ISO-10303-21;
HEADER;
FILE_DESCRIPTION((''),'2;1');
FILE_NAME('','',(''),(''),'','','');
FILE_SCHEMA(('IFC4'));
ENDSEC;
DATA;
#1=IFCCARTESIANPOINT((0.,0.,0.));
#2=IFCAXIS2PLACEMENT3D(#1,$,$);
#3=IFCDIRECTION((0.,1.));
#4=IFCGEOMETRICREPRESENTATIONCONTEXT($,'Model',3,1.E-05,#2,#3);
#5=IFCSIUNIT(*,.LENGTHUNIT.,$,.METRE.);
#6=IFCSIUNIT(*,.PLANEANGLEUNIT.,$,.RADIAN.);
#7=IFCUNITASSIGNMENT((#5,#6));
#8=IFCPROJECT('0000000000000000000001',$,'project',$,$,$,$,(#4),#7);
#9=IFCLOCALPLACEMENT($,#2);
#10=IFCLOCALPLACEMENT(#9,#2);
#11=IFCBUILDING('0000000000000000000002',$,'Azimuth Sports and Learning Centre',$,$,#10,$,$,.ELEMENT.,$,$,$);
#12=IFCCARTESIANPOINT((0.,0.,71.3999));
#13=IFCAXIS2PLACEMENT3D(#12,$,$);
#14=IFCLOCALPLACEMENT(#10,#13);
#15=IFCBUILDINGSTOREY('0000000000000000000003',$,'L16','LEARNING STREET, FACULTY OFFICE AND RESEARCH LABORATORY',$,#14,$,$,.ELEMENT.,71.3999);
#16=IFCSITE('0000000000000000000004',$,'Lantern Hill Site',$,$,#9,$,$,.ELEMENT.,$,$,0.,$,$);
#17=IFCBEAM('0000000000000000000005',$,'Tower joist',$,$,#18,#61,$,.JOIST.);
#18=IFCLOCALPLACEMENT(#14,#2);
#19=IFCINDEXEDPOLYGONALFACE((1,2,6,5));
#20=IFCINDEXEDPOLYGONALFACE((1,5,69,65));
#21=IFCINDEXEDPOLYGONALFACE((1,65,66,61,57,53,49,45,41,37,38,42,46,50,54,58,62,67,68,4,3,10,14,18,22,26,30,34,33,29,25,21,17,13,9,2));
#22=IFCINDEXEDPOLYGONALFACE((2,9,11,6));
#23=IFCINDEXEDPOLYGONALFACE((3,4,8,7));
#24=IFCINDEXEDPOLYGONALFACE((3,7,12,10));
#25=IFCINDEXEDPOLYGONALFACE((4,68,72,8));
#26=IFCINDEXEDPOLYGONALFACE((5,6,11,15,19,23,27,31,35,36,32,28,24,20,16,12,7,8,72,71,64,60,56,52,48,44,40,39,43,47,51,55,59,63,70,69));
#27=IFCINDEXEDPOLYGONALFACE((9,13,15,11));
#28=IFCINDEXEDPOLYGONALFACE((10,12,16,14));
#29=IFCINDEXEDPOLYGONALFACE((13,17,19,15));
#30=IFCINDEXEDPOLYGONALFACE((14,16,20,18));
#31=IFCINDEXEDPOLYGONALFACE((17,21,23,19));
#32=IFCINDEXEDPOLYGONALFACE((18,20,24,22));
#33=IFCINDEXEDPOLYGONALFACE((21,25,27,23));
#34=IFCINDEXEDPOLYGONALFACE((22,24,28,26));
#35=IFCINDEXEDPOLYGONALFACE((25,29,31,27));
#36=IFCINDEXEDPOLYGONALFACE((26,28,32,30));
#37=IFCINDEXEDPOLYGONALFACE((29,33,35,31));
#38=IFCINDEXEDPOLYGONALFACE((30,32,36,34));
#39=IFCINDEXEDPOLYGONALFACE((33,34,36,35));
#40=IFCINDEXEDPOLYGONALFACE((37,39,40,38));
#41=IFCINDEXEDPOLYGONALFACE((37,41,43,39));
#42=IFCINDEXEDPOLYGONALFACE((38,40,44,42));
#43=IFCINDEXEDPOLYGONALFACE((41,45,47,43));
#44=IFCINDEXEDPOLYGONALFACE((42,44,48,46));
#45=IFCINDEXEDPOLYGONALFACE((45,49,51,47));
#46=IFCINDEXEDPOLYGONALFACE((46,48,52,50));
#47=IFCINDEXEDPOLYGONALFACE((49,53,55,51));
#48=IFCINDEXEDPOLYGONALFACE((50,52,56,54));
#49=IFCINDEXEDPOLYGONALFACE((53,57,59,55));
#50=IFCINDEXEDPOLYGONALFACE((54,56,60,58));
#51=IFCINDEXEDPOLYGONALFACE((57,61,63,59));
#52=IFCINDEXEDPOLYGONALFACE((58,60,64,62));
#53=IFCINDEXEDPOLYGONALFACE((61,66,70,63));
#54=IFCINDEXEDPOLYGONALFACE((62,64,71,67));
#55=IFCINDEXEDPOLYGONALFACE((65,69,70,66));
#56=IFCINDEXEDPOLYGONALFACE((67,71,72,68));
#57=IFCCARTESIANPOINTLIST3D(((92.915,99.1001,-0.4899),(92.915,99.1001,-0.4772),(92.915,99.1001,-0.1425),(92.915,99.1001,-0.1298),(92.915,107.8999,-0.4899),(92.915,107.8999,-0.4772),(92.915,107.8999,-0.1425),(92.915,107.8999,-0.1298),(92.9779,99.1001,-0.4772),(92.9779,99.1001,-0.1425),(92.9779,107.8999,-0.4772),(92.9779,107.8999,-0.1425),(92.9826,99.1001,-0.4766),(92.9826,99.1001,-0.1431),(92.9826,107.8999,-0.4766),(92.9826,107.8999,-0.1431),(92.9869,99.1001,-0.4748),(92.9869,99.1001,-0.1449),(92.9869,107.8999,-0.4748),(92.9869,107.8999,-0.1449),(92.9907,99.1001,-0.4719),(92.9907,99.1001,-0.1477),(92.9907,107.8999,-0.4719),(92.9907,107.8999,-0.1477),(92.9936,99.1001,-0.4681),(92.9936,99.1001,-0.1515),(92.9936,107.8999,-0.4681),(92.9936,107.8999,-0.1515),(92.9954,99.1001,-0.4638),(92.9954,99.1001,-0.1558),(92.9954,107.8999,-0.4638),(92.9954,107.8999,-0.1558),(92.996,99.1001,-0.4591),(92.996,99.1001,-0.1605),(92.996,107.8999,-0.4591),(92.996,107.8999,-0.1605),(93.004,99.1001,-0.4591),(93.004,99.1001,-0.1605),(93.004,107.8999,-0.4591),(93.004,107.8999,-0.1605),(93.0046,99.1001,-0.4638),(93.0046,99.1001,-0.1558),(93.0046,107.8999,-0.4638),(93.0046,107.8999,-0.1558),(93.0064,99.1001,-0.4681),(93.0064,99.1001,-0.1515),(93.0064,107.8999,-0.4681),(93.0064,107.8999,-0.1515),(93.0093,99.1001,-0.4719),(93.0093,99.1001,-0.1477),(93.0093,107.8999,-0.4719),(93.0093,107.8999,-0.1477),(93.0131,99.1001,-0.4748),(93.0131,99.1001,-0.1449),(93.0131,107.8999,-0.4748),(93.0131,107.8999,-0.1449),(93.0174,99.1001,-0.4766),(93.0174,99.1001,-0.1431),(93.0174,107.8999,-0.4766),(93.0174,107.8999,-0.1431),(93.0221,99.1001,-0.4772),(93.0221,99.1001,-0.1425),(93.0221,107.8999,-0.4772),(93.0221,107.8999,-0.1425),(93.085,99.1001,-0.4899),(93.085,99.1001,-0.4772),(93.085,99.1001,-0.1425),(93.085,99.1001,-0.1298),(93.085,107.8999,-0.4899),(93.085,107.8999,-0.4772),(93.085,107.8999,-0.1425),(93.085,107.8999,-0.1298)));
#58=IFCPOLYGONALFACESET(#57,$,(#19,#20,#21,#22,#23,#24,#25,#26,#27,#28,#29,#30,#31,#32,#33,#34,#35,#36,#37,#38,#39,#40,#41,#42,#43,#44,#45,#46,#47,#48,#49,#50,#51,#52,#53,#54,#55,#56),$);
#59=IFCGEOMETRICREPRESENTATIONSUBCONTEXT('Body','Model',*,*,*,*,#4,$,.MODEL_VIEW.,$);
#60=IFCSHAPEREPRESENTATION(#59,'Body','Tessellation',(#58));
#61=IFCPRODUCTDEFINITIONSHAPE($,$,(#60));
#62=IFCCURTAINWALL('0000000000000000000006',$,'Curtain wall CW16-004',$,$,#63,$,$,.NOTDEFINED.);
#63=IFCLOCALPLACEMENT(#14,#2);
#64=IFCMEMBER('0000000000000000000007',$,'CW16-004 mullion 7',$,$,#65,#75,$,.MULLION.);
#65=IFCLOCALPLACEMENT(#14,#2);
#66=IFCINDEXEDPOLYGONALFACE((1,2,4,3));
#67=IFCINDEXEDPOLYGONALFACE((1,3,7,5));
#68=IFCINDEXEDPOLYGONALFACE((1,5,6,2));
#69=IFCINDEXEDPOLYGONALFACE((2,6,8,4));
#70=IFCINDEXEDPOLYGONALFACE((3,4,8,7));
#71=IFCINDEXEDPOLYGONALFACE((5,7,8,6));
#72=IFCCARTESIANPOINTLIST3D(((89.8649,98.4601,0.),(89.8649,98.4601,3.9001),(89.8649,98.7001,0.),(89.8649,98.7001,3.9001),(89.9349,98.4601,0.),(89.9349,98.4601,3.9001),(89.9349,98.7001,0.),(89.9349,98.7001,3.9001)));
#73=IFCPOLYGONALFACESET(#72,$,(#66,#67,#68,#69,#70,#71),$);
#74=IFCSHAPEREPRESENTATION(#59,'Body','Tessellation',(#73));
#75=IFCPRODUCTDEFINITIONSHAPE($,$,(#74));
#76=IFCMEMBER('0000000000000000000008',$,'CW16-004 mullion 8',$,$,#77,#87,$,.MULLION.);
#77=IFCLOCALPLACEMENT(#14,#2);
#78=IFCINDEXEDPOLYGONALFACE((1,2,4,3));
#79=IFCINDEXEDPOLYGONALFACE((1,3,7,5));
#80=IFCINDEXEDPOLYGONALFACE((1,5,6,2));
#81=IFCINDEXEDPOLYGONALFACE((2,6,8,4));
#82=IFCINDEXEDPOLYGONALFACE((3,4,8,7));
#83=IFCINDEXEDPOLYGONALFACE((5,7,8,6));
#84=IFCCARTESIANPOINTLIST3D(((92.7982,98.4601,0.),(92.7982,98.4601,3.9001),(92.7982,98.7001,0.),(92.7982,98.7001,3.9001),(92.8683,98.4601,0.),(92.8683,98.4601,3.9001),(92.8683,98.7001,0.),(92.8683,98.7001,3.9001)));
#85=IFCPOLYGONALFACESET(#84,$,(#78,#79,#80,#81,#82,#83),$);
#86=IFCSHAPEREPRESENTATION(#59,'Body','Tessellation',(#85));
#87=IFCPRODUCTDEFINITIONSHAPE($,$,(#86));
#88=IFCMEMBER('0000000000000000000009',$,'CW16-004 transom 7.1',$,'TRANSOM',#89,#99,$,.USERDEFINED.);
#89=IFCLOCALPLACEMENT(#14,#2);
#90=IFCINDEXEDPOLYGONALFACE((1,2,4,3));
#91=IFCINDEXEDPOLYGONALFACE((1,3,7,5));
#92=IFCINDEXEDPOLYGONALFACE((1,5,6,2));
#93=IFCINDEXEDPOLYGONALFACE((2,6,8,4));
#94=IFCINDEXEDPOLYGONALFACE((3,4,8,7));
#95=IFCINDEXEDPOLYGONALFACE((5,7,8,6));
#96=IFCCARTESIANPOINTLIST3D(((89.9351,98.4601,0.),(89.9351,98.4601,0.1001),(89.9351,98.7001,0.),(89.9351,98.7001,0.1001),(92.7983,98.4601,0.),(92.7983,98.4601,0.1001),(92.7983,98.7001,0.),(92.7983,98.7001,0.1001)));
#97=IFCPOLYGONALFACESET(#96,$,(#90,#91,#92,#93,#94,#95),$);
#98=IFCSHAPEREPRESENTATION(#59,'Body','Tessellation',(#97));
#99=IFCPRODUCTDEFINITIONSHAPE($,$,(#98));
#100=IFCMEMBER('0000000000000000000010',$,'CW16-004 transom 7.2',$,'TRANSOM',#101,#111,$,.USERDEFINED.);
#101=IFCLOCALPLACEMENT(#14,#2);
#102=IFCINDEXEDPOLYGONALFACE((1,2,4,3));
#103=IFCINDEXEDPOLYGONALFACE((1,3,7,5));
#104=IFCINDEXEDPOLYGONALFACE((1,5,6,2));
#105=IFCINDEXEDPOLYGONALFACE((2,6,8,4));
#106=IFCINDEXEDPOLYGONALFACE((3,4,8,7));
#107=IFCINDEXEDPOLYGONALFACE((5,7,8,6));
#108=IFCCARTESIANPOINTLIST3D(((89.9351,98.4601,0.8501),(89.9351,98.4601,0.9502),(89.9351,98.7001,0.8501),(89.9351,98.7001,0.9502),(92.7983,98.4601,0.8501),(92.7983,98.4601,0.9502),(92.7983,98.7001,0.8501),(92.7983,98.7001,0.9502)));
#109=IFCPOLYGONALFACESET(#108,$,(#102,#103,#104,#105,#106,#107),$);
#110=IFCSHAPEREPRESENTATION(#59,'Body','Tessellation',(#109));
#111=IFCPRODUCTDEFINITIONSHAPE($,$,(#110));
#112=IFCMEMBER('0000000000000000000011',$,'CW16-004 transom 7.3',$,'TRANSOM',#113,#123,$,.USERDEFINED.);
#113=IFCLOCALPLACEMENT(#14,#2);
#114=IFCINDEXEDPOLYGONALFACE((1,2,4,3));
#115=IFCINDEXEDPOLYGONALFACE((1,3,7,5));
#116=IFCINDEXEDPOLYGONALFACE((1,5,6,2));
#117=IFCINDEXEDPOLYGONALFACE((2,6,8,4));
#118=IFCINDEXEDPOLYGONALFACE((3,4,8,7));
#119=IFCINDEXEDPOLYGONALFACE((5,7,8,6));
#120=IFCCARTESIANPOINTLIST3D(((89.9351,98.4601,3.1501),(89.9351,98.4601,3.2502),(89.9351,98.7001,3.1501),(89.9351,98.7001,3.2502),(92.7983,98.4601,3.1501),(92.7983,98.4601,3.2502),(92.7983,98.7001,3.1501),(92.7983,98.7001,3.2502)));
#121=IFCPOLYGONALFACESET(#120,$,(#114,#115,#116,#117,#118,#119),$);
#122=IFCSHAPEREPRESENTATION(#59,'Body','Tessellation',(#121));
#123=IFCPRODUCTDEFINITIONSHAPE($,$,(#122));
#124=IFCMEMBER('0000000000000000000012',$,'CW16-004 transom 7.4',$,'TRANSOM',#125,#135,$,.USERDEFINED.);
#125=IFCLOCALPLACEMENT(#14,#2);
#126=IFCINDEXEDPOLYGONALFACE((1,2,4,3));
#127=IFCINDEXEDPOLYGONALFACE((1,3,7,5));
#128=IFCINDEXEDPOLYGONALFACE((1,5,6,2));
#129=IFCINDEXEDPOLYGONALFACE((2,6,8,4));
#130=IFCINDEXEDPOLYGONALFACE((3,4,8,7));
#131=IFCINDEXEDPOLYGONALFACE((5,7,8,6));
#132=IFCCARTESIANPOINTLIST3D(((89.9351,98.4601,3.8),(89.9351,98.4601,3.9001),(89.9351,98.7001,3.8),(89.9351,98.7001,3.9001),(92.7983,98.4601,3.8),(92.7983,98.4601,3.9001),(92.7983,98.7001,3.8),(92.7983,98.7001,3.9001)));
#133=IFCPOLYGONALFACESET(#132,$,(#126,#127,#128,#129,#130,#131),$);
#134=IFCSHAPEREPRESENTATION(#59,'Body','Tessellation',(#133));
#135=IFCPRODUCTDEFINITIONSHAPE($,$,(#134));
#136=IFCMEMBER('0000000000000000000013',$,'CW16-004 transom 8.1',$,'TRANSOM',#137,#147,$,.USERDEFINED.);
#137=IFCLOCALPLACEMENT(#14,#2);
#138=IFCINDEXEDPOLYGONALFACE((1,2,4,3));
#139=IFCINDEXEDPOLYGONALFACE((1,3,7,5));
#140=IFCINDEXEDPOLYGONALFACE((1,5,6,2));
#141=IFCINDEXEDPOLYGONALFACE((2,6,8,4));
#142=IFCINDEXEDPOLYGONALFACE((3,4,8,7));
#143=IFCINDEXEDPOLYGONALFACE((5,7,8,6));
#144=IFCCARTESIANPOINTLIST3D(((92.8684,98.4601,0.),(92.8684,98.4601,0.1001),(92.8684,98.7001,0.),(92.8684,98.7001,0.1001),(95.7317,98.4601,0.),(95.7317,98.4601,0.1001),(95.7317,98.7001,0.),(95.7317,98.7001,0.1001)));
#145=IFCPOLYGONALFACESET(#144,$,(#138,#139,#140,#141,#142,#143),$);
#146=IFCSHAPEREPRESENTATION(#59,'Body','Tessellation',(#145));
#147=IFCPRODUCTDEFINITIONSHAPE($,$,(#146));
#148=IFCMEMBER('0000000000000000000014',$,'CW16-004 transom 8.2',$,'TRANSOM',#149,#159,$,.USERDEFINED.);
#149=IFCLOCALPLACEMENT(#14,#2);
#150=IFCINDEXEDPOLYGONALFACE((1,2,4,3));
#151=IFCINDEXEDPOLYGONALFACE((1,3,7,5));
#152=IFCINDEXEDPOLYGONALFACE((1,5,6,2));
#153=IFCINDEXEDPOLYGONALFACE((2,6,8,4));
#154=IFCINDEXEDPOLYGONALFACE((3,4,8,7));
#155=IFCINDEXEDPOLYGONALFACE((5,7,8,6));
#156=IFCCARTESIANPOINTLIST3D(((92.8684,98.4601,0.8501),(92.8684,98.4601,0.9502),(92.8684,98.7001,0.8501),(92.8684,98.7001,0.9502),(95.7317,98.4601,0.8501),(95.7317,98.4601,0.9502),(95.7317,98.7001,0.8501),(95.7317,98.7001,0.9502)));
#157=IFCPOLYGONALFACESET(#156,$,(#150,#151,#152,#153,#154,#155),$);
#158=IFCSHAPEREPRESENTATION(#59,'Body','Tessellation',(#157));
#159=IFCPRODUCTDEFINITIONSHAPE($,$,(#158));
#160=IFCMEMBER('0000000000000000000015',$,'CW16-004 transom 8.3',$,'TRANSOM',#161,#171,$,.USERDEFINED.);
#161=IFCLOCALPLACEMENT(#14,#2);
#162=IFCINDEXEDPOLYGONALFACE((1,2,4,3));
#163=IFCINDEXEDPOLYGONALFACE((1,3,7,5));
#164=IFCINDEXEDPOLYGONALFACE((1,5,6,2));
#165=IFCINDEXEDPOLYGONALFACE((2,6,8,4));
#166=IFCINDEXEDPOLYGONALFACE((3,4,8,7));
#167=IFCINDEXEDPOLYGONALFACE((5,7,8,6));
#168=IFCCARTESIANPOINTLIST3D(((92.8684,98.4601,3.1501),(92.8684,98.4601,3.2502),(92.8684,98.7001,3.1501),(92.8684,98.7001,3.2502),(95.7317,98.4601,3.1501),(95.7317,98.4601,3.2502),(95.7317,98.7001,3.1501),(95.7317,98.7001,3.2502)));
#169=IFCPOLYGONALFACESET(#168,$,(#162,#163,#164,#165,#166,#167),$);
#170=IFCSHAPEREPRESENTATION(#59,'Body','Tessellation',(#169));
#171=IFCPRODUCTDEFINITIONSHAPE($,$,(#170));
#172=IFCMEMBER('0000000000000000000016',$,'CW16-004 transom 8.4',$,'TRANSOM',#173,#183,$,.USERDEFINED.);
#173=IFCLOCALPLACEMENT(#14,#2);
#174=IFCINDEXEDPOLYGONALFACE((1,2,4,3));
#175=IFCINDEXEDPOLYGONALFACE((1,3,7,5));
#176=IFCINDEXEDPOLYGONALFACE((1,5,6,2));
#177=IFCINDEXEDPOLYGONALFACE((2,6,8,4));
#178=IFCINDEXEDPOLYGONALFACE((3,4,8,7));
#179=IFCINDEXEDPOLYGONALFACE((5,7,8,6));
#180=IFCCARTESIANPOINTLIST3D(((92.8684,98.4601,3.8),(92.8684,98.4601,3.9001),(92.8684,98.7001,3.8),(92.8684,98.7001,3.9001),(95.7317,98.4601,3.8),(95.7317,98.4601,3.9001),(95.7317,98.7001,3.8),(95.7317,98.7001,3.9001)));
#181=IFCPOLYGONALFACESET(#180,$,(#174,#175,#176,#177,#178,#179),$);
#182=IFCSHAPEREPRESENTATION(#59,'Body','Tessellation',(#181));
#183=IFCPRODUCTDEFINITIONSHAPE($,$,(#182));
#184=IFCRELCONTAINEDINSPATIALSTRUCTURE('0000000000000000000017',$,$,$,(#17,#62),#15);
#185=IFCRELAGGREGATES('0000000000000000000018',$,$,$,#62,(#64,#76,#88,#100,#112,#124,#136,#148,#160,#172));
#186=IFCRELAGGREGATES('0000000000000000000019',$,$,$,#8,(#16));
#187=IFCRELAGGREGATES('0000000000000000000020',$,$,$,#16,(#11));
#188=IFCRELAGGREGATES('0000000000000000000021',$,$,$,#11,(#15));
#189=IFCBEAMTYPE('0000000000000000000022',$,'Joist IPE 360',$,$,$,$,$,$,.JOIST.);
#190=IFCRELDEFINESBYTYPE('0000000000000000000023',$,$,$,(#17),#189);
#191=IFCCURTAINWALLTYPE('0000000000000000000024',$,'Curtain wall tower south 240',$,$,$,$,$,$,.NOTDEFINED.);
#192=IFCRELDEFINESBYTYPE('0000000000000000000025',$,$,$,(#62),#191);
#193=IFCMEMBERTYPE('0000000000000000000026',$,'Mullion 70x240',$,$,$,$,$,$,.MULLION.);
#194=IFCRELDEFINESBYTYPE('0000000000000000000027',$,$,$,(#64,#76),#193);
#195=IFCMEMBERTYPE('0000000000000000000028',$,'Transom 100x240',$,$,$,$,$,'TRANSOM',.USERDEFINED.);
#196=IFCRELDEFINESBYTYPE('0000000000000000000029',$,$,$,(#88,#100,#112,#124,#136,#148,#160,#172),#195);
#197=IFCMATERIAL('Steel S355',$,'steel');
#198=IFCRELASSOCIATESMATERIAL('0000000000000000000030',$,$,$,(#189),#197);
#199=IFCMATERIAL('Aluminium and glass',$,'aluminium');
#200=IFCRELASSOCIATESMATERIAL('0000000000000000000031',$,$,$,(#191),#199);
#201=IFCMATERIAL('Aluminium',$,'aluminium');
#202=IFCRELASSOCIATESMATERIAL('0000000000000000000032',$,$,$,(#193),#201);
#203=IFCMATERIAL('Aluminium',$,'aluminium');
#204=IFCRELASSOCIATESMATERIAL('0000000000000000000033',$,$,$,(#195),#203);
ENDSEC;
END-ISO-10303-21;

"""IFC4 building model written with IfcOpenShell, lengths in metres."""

from ifc_helpers import new_model, si_unit, direction, frame, origin, origin_2d, place, context, subcontext, project, spatial, rectangle, i_section, extrude, material, material_profile, profile_set, type_object, element, aggregate, save


model = new_model("IFC4")

# Units and contexts
model_context = context("Model", 3, precision=1e-05, world=origin(), true_north=direction((0.0, 1.0)))
body_context = subcontext(model_context, "Body", "Model", "MODEL_VIEW")
ifc_project = project(units=[si_unit("LENGTHUNIT", "METRE"), si_unit("PLANEANGLEUNIT", "RADIAN")], contexts=[model_context])

# Site, building, storey
site_placement = place(None, origin())
site = spatial("IfcSite", under=ifc_project, at=site_placement, Name="Lantern Hill Site", CompositionType="ELEMENT", RefElevation=0.0)
building_placement = place(site_placement, origin())
building = spatial("IfcBuilding", under=site, at=building_placement, Name="Azimuth Sports and Learning Centre", CompositionType="ELEMENT")
storey_placement = place(building_placement, frame((0.0, 0.0, 71.3999)))
storey = spatial("IfcBuildingStorey", under=building, at=storey_placement, Name="L16", Description="LEARNING STREET, FACULTY OFFICE AND RESEARCH LABORATORY", CompositionType="ELEMENT", Elevation=71.3999)

# Beam
ifc_material_1 = material(Name="Steel S355", Category="steel")
ifc_material_profile_1 = material_profile(ifc_material_1, i_section(OverallWidth=0.1699, OverallDepth=0.3601, WebThickness=0.0081, FlangeThickness=0.0127, FilletRadius=0.0181, at=origin_2d()), Name="IPE 360")
ifc_profile_set_1 = profile_set([ifc_material_profile_1], Name="Steel S355")
beam_type_1 = type_object("IfcBeamType", Name="Joist IPE 360", PredefinedType="JOIST", material=ifc_profile_set_1)
beam_1_placement = place(storey_placement, frame((93.0, 99.1001, -0.3098), z_axis=(0.0, 1.0, 0.0), x_axis=(-1.0, 0.0, 0.0)))
element("IfcBeam", 1, at=beam_1_placement, inside=storey, type_object=beam_type_1, Name="Tower joist", PredefinedType="JOIST", context=body_context, shape_type="SweptSolid", body=[
    extrude(i_section(OverallWidth=0.1699, OverallDepth=0.3601, WebThickness=0.0081, FlangeThickness=0.0127, FilletRadius=0.0181, at=origin_2d()), origin(), (0.0, 0.0, 1.0), 8.7998),
])

# Curtain wall, members
ifc_material_2 = material(Name="Aluminium and glass", Category="aluminium")
curtain_wall_type = type_object("IfcCurtainWallType", Name="Curtain wall tower south 240", PredefinedType="NOTDEFINED", material=ifc_material_2)
curtain_wall_placement = place(storey_placement, origin())
curtain_wall = element("IfcCurtainWall", 2, at=curtain_wall_placement, inside=storey, type_object=curtain_wall_type, Name="Curtain wall CW16-004", PredefinedType="NOTDEFINED")
ifc_material_3 = material(Name="Aluminium", Category="aluminium")
ifc_material_profile_2 = material_profile(ifc_material_3, rectangle(XDim=0.24, YDim=0.0701, at=origin_2d()), Name="Mullion 70x240")
ifc_profile_set_2 = profile_set([ifc_material_profile_2], Name="Aluminium")
member_type_1 = type_object("IfcMemberType", Name="Mullion 70x240", PredefinedType="MULLION", material=ifc_profile_set_2)
member_1_placement = place(storey_placement, frame((89.8999, 98.5801, 0.0), z_axis=(0.0, 0.0, 1.0), x_axis=(0.0, 1.0, 0.0)))
member_1 = element("IfcMember", 3, at=member_1_placement, type_object=member_type_1, Name="CW16-004 mullion 7", PredefinedType="MULLION", context=body_context, shape_type="SweptSolid", body=[
    extrude(rectangle(XDim=0.24, YDim=0.0701, at=origin_2d()), origin(), (0.0, 0.0, 1.0), 3.9001),
])
member_2_placement = place(storey_placement, frame((92.8333, 98.5801, 0.0), z_axis=(0.0, 0.0, 1.0), x_axis=(0.0, 1.0, 0.0)))
member_2 = element("IfcMember", 4, at=member_2_placement, type_object=member_type_1, Name="CW16-004 mullion 8", PredefinedType="MULLION", context=body_context, shape_type="SweptSolid", body=[
    extrude(rectangle(XDim=0.24, YDim=0.0701, at=origin_2d()), origin(), (0.0, 0.0, 1.0), 3.9001),
])
ifc_material_4 = material(Name="Aluminium", Category="aluminium")
ifc_material_profile_3 = material_profile(ifc_material_4, rectangle(XDim=0.24, YDim=0.1001, at=origin_2d()), Name="Transom 100x240")
ifc_profile_set_3 = profile_set([ifc_material_profile_3], Name="Aluminium")
member_type_2 = type_object("IfcMemberType", Name="Transom 100x240", ElementType="TRANSOM", PredefinedType="USERDEFINED", material=ifc_profile_set_3)
member_3_placement = place(storey_placement, frame((89.9351, 98.5801, 0.05), z_axis=(1.0, 0.0, 0.0), x_axis=(0.0, 1.0, 0.0)))
member_3 = element("IfcMember", 5, at=member_3_placement, type_object=member_type_2, Name="CW16-004 transom 7.1", ObjectType="TRANSOM", PredefinedType="USERDEFINED", context=body_context, shape_type="SweptSolid", body=[
    extrude(rectangle(XDim=0.24, YDim=0.1001, at=origin_2d()), origin(), (0.0, 0.0, 1.0), 2.8633),
])
member_4_placement = place(storey_placement, frame((89.9351, 98.5801, 0.9001), z_axis=(1.0, 0.0, 0.0), x_axis=(0.0, 1.0, 0.0)))
member_4 = element("IfcMember", 6, at=member_4_placement, type_object=member_type_2, Name="CW16-004 transom 7.2", ObjectType="TRANSOM", PredefinedType="USERDEFINED", context=body_context, shape_type="SweptSolid", body=[
    extrude(rectangle(XDim=0.24, YDim=0.1001, at=origin_2d()), origin(), (0.0, 0.0, 1.0), 2.8633),
])
member_5_placement = place(storey_placement, frame((89.9351, 98.5801, 3.2002), z_axis=(1.0, 0.0, 0.0), x_axis=(0.0, 1.0, 0.0)))
member_5 = element("IfcMember", 7, at=member_5_placement, type_object=member_type_2, Name="CW16-004 transom 7.3", ObjectType="TRANSOM", PredefinedType="USERDEFINED", context=body_context, shape_type="SweptSolid", body=[
    extrude(rectangle(XDim=0.24, YDim=0.1001, at=origin_2d()), origin(), (0.0, 0.0, 1.0), 2.8633),
])
member_6_placement = place(storey_placement, frame((89.9351, 98.5801, 3.8501), z_axis=(1.0, 0.0, 0.0), x_axis=(0.0, 1.0, 0.0)))
member_6 = element("IfcMember", 8, at=member_6_placement, type_object=member_type_2, Name="CW16-004 transom 7.4", ObjectType="TRANSOM", PredefinedType="USERDEFINED", context=body_context, shape_type="SweptSolid", body=[
    extrude(rectangle(XDim=0.24, YDim=0.1001, at=origin_2d()), origin(), (0.0, 0.0, 1.0), 2.8633),
])
member_7_placement = place(storey_placement, frame((92.8684, 98.5801, 0.05), z_axis=(1.0, 0.0, 0.0), x_axis=(0.0, 1.0, 0.0)))
member_7 = element("IfcMember", 9, at=member_7_placement, type_object=member_type_2, Name="CW16-004 transom 8.1", ObjectType="TRANSOM", PredefinedType="USERDEFINED", context=body_context, shape_type="SweptSolid", body=[
    extrude(rectangle(XDim=0.24, YDim=0.1001, at=origin_2d()), origin(), (0.0, 0.0, 1.0), 2.8633),
])
member_8_placement = place(storey_placement, frame((92.8684, 98.5801, 0.9001), z_axis=(1.0, 0.0, 0.0), x_axis=(0.0, 1.0, 0.0)))
member_8 = element("IfcMember", 10, at=member_8_placement, type_object=member_type_2, Name="CW16-004 transom 8.2", ObjectType="TRANSOM", PredefinedType="USERDEFINED", context=body_context, shape_type="SweptSolid", body=[
    extrude(rectangle(XDim=0.24, YDim=0.1001, at=origin_2d()), origin(), (0.0, 0.0, 1.0), 2.8633),
])
member_9_placement = place(storey_placement, frame((92.8684, 98.5801, 3.2002), z_axis=(1.0, 0.0, 0.0), x_axis=(0.0, 1.0, 0.0)))
member_9 = element("IfcMember", 11, at=member_9_placement, type_object=member_type_2, Name="CW16-004 transom 8.3", ObjectType="TRANSOM", PredefinedType="USERDEFINED", context=body_context, shape_type="SweptSolid", body=[
    extrude(rectangle(XDim=0.24, YDim=0.1001, at=origin_2d()), origin(), (0.0, 0.0, 1.0), 2.8633),
])
member_10_placement = place(storey_placement, frame((92.8684, 98.5801, 3.8501), z_axis=(1.0, 0.0, 0.0), x_axis=(0.0, 1.0, 0.0)))
member_10 = element("IfcMember", 12, at=member_10_placement, type_object=member_type_2, Name="CW16-004 transom 8.4", ObjectType="TRANSOM", PredefinedType="USERDEFINED", context=body_context, shape_type="SweptSolid", body=[
    extrude(rectangle(XDim=0.24, YDim=0.1001, at=origin_2d()), origin(), (0.0, 0.0, 1.0), 2.8633),
])
aggregate(curtain_wall, [member_1, member_2, member_3, member_4, member_5, member_6, member_7, member_8, member_9, member_10])

save(model, "model.ifc")
